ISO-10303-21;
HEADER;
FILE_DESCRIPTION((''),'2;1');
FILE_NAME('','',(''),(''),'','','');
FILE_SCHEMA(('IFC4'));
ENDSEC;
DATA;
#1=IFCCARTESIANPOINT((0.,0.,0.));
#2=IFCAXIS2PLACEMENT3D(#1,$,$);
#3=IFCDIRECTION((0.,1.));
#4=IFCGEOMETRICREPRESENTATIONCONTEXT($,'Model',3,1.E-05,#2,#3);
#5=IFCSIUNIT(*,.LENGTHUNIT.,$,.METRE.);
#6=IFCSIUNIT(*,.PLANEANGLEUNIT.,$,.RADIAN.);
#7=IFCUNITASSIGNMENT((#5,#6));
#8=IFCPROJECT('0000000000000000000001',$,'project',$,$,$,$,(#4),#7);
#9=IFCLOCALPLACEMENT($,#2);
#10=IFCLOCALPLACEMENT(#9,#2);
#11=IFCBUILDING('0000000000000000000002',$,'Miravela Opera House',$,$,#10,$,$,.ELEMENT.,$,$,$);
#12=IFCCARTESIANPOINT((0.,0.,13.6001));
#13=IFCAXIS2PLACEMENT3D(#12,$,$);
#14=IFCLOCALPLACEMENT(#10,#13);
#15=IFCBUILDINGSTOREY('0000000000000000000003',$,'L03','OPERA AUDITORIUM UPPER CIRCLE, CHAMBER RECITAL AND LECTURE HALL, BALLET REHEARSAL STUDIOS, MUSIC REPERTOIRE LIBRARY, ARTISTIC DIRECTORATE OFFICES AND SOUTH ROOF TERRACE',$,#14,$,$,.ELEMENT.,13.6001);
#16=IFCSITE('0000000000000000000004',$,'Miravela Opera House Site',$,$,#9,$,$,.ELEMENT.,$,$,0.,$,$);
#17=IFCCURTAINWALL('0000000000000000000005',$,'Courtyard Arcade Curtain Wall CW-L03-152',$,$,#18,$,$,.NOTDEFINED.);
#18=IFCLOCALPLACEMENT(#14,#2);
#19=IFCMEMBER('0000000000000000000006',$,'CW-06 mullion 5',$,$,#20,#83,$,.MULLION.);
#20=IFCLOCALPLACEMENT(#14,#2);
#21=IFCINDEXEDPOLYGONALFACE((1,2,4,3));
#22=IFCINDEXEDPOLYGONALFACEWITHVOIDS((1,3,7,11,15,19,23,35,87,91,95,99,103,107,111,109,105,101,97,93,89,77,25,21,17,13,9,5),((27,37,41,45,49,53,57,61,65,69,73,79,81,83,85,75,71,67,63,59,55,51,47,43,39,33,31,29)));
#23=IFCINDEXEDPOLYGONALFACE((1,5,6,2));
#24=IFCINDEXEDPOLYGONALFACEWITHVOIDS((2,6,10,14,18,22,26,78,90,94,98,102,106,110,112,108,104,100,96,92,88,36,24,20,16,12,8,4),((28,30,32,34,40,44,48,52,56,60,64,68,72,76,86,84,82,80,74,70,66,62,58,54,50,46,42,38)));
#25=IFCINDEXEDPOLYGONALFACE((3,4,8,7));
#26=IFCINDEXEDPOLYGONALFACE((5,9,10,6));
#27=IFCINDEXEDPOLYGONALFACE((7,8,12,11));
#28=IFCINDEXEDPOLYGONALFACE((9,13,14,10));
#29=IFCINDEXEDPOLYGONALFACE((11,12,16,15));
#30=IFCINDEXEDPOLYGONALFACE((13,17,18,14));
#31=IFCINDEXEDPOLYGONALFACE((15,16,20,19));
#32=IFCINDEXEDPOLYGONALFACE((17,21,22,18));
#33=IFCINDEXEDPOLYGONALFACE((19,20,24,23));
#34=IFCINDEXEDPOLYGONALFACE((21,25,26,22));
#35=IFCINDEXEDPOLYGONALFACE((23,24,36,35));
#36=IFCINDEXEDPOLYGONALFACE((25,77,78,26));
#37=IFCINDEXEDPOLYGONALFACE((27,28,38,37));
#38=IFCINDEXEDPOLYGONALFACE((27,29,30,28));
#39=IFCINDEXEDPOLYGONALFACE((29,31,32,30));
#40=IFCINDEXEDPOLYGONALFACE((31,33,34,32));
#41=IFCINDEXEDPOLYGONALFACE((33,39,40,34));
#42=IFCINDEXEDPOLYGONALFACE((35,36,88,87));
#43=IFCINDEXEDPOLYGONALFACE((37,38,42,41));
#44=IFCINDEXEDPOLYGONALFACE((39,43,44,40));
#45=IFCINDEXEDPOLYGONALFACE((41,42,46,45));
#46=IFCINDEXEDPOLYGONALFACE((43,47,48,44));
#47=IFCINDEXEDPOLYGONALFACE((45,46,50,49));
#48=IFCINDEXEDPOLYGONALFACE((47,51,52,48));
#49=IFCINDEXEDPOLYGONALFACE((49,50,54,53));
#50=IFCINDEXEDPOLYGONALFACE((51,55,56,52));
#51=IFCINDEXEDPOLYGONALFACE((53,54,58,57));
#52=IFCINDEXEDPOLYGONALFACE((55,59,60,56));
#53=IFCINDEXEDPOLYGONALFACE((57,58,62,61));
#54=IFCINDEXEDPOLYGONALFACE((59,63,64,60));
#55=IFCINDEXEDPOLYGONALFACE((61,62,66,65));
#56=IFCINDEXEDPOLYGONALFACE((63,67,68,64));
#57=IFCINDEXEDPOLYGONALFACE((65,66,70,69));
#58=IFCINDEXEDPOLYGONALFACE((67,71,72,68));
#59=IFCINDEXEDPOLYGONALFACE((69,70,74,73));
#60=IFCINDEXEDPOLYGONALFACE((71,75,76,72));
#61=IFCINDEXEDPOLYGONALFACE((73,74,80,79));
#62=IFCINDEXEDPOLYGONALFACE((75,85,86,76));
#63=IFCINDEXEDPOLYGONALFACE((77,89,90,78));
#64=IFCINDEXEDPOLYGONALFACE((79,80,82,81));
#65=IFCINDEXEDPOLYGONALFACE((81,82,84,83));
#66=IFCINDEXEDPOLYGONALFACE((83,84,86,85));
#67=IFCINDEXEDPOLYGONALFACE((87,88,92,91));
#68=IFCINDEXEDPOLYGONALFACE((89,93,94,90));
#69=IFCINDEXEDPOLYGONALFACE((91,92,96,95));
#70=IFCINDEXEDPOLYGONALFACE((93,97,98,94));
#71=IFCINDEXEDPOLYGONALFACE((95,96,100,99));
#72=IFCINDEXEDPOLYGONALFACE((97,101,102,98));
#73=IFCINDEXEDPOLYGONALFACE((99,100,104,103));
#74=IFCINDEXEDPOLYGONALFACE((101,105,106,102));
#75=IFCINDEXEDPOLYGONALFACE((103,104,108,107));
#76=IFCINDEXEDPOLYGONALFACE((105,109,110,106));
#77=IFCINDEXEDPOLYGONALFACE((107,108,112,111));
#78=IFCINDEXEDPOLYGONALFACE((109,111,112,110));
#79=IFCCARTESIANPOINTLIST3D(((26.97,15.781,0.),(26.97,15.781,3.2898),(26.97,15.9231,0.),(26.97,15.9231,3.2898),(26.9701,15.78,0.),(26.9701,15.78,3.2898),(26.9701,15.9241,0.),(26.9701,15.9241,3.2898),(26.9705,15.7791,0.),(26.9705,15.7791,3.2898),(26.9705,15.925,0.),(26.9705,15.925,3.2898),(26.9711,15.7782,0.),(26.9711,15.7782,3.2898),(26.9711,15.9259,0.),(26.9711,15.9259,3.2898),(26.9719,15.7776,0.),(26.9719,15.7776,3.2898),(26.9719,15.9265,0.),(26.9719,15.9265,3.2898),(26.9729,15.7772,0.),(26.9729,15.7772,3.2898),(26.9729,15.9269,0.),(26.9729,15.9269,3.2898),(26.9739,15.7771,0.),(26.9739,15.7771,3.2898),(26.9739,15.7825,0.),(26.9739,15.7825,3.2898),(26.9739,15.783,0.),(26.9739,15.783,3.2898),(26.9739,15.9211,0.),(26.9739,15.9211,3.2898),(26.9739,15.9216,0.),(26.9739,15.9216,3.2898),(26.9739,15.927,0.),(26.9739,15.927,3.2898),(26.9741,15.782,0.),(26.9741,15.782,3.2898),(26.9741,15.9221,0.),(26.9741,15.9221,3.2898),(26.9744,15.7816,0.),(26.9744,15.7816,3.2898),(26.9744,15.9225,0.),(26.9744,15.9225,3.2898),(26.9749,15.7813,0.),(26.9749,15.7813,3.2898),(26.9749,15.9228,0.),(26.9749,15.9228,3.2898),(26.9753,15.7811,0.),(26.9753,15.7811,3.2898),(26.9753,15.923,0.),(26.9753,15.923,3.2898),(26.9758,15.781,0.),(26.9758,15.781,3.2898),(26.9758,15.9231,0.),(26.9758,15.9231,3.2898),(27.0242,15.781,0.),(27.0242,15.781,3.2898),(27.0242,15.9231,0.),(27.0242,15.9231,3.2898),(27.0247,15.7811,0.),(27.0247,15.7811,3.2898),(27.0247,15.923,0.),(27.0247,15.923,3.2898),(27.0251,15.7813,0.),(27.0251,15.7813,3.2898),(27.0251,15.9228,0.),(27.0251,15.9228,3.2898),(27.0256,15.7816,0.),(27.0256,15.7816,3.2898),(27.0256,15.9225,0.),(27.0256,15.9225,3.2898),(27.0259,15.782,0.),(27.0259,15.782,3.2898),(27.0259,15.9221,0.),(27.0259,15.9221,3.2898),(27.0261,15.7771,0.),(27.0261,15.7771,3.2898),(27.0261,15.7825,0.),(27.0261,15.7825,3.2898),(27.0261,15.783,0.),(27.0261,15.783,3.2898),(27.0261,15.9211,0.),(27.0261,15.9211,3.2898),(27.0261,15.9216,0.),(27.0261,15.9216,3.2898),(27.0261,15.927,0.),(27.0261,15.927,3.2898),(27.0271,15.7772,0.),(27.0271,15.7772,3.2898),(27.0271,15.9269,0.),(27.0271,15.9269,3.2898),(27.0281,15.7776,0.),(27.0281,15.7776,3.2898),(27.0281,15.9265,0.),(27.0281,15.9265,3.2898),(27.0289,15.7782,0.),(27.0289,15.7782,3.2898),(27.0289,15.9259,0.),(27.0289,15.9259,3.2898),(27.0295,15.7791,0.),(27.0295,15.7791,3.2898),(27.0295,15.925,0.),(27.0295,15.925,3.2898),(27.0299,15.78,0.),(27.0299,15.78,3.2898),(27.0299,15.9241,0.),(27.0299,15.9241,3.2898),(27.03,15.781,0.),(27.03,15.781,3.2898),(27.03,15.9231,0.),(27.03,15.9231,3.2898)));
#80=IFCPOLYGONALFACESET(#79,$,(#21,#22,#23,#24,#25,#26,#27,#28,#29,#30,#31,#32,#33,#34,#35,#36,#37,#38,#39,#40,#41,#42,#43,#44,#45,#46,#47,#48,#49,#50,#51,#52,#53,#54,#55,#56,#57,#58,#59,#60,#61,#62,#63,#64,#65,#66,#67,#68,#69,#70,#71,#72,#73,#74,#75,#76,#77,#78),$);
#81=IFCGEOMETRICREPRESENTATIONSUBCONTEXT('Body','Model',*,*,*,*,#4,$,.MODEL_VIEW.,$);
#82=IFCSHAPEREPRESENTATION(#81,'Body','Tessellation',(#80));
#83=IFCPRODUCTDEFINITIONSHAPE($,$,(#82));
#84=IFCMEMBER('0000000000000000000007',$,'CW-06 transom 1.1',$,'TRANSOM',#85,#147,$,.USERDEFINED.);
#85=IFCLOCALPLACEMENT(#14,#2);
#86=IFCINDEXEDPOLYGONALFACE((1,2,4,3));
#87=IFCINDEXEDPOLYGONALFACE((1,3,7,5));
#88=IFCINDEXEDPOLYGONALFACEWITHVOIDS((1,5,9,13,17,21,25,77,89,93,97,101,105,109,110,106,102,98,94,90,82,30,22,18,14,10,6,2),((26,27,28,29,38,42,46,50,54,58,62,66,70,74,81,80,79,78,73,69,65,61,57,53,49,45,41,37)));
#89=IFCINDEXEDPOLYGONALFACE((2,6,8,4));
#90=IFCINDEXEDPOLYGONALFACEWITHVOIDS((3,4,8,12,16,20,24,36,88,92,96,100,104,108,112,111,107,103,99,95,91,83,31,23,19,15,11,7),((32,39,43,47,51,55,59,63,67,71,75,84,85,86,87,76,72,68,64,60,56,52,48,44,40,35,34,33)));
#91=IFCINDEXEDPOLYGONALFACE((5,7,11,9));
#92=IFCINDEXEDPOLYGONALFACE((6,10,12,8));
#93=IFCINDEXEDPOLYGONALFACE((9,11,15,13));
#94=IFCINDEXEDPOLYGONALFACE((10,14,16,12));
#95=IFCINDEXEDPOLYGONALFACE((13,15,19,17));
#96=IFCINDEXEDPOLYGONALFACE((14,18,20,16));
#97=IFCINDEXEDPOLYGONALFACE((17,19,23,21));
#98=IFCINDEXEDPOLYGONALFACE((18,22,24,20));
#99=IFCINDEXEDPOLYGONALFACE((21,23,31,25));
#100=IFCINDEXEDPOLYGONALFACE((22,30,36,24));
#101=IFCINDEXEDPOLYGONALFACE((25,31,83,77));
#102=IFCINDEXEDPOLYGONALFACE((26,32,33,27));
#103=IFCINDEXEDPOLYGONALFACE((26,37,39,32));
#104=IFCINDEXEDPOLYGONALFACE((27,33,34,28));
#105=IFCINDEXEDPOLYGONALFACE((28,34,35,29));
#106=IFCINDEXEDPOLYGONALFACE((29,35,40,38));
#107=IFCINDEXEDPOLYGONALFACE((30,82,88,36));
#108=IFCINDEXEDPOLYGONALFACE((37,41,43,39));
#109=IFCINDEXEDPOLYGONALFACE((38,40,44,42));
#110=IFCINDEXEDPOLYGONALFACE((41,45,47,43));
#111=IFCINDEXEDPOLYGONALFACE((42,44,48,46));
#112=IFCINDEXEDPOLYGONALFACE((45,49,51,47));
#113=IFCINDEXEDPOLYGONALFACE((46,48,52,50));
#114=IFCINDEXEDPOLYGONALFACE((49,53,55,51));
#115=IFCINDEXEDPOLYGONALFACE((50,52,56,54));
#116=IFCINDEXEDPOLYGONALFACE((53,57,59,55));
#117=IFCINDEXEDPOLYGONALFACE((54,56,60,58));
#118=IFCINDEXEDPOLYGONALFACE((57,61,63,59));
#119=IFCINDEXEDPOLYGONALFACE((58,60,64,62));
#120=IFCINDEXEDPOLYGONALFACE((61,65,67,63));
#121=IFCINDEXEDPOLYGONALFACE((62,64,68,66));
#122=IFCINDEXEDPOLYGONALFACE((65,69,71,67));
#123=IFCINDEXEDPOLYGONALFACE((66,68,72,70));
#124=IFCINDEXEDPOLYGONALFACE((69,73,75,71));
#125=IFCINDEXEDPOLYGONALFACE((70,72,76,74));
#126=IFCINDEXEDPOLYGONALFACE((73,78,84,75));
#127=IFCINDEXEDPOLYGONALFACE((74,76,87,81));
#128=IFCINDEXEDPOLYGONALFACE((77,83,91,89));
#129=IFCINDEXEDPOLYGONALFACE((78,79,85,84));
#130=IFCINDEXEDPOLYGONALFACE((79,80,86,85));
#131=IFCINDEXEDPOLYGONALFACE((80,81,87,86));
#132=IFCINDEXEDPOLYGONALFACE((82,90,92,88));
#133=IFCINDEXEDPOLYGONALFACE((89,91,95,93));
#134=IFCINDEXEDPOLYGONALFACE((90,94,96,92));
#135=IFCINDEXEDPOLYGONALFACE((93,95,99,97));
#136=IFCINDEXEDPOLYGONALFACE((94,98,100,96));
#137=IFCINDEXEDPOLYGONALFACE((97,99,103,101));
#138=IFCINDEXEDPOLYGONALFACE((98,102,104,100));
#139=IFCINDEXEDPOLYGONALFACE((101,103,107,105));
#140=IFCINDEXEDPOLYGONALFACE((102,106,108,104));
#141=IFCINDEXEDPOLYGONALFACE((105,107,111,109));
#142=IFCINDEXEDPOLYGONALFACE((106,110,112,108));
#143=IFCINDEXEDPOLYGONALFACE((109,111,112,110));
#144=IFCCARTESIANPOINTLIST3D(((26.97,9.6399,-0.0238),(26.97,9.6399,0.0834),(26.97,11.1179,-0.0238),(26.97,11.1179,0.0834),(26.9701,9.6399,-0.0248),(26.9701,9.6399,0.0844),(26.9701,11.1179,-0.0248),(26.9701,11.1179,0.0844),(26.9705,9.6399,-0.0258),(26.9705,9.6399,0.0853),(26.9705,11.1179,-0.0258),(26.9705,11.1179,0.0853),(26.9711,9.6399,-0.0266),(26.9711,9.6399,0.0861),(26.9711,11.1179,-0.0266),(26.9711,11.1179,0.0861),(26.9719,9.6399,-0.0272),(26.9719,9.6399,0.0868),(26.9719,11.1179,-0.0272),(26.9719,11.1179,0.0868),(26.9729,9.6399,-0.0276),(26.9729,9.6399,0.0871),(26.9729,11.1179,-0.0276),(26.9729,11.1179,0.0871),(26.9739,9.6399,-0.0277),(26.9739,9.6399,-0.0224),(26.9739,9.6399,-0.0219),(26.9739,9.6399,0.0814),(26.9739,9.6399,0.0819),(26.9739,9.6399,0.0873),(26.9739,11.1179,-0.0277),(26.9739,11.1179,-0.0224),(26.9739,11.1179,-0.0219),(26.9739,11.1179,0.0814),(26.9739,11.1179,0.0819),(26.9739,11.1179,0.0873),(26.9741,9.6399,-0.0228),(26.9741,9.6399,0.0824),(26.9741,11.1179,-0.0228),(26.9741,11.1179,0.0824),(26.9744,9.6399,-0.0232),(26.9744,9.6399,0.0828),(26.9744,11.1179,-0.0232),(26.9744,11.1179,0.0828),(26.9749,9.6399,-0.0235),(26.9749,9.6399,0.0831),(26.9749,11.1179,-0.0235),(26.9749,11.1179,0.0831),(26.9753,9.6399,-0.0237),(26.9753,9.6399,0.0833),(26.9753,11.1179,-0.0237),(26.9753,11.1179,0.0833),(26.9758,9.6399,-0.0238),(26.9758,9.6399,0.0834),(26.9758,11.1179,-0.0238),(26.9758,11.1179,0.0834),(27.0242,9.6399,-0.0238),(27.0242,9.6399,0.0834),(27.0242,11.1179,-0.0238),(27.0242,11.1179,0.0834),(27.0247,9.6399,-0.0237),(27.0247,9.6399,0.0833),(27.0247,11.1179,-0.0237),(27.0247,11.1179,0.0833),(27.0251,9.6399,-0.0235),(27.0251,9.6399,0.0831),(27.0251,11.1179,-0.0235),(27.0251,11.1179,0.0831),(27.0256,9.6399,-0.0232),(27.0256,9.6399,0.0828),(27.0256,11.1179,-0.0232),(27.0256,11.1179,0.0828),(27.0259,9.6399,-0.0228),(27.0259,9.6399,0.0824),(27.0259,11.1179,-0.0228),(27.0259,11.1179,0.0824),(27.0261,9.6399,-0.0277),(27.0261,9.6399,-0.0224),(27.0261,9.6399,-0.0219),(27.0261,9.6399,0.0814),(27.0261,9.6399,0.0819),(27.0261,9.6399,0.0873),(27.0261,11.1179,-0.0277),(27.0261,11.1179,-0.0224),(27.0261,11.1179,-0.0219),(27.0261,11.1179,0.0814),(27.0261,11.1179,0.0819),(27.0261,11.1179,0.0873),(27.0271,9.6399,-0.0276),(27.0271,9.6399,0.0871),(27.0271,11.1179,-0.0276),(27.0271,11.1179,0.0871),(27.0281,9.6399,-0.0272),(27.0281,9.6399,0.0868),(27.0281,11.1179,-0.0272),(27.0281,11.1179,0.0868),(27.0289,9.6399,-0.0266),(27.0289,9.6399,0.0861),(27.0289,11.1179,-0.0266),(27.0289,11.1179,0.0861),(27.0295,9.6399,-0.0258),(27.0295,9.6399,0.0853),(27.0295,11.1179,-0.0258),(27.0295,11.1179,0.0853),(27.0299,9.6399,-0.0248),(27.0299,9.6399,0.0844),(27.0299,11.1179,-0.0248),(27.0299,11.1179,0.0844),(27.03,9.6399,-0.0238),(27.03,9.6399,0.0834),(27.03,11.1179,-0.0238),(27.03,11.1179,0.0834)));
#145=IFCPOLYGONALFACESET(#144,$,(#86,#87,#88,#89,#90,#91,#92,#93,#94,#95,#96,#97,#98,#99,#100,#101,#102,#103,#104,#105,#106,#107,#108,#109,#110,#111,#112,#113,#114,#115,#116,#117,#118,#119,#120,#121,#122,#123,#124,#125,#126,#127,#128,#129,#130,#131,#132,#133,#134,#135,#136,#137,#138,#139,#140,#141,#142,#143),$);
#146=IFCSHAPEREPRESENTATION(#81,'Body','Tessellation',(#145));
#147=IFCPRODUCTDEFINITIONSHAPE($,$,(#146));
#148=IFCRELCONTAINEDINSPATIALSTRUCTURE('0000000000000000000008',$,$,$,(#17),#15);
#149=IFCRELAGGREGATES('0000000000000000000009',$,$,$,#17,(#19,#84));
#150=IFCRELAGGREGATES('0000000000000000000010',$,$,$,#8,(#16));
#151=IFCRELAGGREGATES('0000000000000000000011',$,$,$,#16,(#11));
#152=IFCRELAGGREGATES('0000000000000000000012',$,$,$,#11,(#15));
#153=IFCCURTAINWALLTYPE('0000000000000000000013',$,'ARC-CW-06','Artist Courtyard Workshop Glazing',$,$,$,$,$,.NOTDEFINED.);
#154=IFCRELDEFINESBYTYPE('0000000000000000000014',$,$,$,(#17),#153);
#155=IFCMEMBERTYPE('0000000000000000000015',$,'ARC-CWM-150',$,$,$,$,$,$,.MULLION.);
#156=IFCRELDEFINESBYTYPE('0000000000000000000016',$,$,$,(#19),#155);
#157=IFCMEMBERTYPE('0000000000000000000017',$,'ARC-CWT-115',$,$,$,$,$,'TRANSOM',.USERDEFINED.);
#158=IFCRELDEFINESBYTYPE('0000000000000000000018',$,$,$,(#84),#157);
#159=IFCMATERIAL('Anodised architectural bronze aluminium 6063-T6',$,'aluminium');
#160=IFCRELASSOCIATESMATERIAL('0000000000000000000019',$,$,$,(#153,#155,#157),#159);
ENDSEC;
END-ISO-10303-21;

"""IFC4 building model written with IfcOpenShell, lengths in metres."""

from ifc_helpers import new_model, si_unit, direction, frame, origin, origin_2d, place, context, subcontext, project, spatial, hollow_rectangle, extrude, material, material_profile, profile_set, type_object, element, aggregate, save


model = new_model("IFC4")

# Units and contexts
model_context = context("Model", 3, precision=1e-05, world=origin(), true_north=direction((0.0, 1.0)))
body_context = subcontext(model_context, "Body", "Model", "MODEL_VIEW")
ifc_project = project(units=[si_unit("LENGTHUNIT", "METRE"), si_unit("PLANEANGLEUNIT", "RADIAN")], contexts=[model_context])

# Site, building, storey
site_placement = place(None, origin())
site = spatial("IfcSite", under=ifc_project, at=site_placement, Name="Miravela Opera House Site", CompositionType="ELEMENT", RefElevation=0.0)
building_placement = place(site_placement, origin())
building = spatial("IfcBuilding", under=site, at=building_placement, Name="Miravela Opera House", CompositionType="ELEMENT")
storey_placement = place(building_placement, frame((0.0, 0.0, 13.6001)))
storey = spatial("IfcBuildingStorey", under=building, at=storey_placement, Name="L03", Description="OPERA AUDITORIUM UPPER CIRCLE, CHAMBER RECITAL AND LECTURE HALL, BALLET REHEARSAL STUDIOS, MUSIC REPERTOIRE LIBRARY, ARTISTIC DIRECTORATE OFFICES AND SOUTH ROOF TERRACE", CompositionType="ELEMENT", Elevation=13.6001)

# Curtain wall, members
ifc_material_1 = material(Name="Anodised architectural bronze aluminium 6063-T6", Category="aluminium")
curtain_wall_type = type_object("IfcCurtainWallType", Name="ARC-CW-06", Description="Artist Courtyard Workshop Glazing", PredefinedType="NOTDEFINED", material=ifc_material_1)
curtain_wall_placement = place(storey_placement, origin())
curtain_wall = element("IfcCurtainWall", 1, at=curtain_wall_placement, inside=storey, type_object=curtain_wall_type, Name="Courtyard Arcade Curtain Wall CW-L03-152", PredefinedType="NOTDEFINED")
ifc_material_profile_1 = material_profile(ifc_material_1, hollow_rectangle(XDim=0.0601, YDim=0.1499, WallThickness=0.0039, InnerFilletRadius=0.002, OuterFilletRadius=0.0039, at=origin_2d()), Name="CWM-60X150")
ifc_profile_set_1 = profile_set([ifc_material_profile_1])
member_type_1 = type_object("IfcMemberType", Name="ARC-CWM-150", PredefinedType="MULLION", material=ifc_profile_set_1)
member_1_placement = place(storey_placement, frame((27.0, 15.8521, 0.0), z_axis=(0.0, 0.0, 1.0), x_axis=(-1.0, 0.0, 0.0)))
member_1 = element("IfcMember", 2, at=member_1_placement, type_object=member_type_1, Name="CW-06 mullion 5", PredefinedType="MULLION", context=body_context, shape_type="SweptSolid", body=[
    extrude(hollow_rectangle(XDim=0.0601, YDim=0.1499, WallThickness=0.0039, InnerFilletRadius=0.002, OuterFilletRadius=0.0039, at=origin_2d()), origin(), (0.0, 0.0, 1.0), 3.2898),
])
ifc_material_profile_2 = material_profile(ifc_material_1, hollow_rectangle(XDim=0.0601, YDim=0.115, WallThickness=0.0039, InnerFilletRadius=0.002, OuterFilletRadius=0.0039, at=origin_2d()), Name="CWT-60X115")
ifc_profile_set_2 = profile_set([ifc_material_profile_2])
member_type_2 = type_object("IfcMemberType", Name="ARC-CWT-115", ElementType="TRANSOM", PredefinedType="USERDEFINED", material=ifc_profile_set_2)
member_2_placement = place(storey_placement, frame((27.0, 9.6399, 0.0298), z_axis=(0.0, 1.0, 0.0), x_axis=(-1.0, 0.0, 0.0)))
member_2 = element("IfcMember", 3, at=member_2_placement, type_object=member_type_2, Name="CW-06 transom 1.1", ObjectType="TRANSOM", PredefinedType="USERDEFINED", context=body_context, shape_type="SweptSolid", body=[
    extrude(hollow_rectangle(XDim=0.0601, YDim=0.115, WallThickness=0.0039, InnerFilletRadius=0.002, OuterFilletRadius=0.0039, at=origin_2d()), origin(), (0.0, 0.0, 1.0), 1.478),
])

aggregate(curtain_wall, [member_1, member_2])

save(model, "model.ifc")
